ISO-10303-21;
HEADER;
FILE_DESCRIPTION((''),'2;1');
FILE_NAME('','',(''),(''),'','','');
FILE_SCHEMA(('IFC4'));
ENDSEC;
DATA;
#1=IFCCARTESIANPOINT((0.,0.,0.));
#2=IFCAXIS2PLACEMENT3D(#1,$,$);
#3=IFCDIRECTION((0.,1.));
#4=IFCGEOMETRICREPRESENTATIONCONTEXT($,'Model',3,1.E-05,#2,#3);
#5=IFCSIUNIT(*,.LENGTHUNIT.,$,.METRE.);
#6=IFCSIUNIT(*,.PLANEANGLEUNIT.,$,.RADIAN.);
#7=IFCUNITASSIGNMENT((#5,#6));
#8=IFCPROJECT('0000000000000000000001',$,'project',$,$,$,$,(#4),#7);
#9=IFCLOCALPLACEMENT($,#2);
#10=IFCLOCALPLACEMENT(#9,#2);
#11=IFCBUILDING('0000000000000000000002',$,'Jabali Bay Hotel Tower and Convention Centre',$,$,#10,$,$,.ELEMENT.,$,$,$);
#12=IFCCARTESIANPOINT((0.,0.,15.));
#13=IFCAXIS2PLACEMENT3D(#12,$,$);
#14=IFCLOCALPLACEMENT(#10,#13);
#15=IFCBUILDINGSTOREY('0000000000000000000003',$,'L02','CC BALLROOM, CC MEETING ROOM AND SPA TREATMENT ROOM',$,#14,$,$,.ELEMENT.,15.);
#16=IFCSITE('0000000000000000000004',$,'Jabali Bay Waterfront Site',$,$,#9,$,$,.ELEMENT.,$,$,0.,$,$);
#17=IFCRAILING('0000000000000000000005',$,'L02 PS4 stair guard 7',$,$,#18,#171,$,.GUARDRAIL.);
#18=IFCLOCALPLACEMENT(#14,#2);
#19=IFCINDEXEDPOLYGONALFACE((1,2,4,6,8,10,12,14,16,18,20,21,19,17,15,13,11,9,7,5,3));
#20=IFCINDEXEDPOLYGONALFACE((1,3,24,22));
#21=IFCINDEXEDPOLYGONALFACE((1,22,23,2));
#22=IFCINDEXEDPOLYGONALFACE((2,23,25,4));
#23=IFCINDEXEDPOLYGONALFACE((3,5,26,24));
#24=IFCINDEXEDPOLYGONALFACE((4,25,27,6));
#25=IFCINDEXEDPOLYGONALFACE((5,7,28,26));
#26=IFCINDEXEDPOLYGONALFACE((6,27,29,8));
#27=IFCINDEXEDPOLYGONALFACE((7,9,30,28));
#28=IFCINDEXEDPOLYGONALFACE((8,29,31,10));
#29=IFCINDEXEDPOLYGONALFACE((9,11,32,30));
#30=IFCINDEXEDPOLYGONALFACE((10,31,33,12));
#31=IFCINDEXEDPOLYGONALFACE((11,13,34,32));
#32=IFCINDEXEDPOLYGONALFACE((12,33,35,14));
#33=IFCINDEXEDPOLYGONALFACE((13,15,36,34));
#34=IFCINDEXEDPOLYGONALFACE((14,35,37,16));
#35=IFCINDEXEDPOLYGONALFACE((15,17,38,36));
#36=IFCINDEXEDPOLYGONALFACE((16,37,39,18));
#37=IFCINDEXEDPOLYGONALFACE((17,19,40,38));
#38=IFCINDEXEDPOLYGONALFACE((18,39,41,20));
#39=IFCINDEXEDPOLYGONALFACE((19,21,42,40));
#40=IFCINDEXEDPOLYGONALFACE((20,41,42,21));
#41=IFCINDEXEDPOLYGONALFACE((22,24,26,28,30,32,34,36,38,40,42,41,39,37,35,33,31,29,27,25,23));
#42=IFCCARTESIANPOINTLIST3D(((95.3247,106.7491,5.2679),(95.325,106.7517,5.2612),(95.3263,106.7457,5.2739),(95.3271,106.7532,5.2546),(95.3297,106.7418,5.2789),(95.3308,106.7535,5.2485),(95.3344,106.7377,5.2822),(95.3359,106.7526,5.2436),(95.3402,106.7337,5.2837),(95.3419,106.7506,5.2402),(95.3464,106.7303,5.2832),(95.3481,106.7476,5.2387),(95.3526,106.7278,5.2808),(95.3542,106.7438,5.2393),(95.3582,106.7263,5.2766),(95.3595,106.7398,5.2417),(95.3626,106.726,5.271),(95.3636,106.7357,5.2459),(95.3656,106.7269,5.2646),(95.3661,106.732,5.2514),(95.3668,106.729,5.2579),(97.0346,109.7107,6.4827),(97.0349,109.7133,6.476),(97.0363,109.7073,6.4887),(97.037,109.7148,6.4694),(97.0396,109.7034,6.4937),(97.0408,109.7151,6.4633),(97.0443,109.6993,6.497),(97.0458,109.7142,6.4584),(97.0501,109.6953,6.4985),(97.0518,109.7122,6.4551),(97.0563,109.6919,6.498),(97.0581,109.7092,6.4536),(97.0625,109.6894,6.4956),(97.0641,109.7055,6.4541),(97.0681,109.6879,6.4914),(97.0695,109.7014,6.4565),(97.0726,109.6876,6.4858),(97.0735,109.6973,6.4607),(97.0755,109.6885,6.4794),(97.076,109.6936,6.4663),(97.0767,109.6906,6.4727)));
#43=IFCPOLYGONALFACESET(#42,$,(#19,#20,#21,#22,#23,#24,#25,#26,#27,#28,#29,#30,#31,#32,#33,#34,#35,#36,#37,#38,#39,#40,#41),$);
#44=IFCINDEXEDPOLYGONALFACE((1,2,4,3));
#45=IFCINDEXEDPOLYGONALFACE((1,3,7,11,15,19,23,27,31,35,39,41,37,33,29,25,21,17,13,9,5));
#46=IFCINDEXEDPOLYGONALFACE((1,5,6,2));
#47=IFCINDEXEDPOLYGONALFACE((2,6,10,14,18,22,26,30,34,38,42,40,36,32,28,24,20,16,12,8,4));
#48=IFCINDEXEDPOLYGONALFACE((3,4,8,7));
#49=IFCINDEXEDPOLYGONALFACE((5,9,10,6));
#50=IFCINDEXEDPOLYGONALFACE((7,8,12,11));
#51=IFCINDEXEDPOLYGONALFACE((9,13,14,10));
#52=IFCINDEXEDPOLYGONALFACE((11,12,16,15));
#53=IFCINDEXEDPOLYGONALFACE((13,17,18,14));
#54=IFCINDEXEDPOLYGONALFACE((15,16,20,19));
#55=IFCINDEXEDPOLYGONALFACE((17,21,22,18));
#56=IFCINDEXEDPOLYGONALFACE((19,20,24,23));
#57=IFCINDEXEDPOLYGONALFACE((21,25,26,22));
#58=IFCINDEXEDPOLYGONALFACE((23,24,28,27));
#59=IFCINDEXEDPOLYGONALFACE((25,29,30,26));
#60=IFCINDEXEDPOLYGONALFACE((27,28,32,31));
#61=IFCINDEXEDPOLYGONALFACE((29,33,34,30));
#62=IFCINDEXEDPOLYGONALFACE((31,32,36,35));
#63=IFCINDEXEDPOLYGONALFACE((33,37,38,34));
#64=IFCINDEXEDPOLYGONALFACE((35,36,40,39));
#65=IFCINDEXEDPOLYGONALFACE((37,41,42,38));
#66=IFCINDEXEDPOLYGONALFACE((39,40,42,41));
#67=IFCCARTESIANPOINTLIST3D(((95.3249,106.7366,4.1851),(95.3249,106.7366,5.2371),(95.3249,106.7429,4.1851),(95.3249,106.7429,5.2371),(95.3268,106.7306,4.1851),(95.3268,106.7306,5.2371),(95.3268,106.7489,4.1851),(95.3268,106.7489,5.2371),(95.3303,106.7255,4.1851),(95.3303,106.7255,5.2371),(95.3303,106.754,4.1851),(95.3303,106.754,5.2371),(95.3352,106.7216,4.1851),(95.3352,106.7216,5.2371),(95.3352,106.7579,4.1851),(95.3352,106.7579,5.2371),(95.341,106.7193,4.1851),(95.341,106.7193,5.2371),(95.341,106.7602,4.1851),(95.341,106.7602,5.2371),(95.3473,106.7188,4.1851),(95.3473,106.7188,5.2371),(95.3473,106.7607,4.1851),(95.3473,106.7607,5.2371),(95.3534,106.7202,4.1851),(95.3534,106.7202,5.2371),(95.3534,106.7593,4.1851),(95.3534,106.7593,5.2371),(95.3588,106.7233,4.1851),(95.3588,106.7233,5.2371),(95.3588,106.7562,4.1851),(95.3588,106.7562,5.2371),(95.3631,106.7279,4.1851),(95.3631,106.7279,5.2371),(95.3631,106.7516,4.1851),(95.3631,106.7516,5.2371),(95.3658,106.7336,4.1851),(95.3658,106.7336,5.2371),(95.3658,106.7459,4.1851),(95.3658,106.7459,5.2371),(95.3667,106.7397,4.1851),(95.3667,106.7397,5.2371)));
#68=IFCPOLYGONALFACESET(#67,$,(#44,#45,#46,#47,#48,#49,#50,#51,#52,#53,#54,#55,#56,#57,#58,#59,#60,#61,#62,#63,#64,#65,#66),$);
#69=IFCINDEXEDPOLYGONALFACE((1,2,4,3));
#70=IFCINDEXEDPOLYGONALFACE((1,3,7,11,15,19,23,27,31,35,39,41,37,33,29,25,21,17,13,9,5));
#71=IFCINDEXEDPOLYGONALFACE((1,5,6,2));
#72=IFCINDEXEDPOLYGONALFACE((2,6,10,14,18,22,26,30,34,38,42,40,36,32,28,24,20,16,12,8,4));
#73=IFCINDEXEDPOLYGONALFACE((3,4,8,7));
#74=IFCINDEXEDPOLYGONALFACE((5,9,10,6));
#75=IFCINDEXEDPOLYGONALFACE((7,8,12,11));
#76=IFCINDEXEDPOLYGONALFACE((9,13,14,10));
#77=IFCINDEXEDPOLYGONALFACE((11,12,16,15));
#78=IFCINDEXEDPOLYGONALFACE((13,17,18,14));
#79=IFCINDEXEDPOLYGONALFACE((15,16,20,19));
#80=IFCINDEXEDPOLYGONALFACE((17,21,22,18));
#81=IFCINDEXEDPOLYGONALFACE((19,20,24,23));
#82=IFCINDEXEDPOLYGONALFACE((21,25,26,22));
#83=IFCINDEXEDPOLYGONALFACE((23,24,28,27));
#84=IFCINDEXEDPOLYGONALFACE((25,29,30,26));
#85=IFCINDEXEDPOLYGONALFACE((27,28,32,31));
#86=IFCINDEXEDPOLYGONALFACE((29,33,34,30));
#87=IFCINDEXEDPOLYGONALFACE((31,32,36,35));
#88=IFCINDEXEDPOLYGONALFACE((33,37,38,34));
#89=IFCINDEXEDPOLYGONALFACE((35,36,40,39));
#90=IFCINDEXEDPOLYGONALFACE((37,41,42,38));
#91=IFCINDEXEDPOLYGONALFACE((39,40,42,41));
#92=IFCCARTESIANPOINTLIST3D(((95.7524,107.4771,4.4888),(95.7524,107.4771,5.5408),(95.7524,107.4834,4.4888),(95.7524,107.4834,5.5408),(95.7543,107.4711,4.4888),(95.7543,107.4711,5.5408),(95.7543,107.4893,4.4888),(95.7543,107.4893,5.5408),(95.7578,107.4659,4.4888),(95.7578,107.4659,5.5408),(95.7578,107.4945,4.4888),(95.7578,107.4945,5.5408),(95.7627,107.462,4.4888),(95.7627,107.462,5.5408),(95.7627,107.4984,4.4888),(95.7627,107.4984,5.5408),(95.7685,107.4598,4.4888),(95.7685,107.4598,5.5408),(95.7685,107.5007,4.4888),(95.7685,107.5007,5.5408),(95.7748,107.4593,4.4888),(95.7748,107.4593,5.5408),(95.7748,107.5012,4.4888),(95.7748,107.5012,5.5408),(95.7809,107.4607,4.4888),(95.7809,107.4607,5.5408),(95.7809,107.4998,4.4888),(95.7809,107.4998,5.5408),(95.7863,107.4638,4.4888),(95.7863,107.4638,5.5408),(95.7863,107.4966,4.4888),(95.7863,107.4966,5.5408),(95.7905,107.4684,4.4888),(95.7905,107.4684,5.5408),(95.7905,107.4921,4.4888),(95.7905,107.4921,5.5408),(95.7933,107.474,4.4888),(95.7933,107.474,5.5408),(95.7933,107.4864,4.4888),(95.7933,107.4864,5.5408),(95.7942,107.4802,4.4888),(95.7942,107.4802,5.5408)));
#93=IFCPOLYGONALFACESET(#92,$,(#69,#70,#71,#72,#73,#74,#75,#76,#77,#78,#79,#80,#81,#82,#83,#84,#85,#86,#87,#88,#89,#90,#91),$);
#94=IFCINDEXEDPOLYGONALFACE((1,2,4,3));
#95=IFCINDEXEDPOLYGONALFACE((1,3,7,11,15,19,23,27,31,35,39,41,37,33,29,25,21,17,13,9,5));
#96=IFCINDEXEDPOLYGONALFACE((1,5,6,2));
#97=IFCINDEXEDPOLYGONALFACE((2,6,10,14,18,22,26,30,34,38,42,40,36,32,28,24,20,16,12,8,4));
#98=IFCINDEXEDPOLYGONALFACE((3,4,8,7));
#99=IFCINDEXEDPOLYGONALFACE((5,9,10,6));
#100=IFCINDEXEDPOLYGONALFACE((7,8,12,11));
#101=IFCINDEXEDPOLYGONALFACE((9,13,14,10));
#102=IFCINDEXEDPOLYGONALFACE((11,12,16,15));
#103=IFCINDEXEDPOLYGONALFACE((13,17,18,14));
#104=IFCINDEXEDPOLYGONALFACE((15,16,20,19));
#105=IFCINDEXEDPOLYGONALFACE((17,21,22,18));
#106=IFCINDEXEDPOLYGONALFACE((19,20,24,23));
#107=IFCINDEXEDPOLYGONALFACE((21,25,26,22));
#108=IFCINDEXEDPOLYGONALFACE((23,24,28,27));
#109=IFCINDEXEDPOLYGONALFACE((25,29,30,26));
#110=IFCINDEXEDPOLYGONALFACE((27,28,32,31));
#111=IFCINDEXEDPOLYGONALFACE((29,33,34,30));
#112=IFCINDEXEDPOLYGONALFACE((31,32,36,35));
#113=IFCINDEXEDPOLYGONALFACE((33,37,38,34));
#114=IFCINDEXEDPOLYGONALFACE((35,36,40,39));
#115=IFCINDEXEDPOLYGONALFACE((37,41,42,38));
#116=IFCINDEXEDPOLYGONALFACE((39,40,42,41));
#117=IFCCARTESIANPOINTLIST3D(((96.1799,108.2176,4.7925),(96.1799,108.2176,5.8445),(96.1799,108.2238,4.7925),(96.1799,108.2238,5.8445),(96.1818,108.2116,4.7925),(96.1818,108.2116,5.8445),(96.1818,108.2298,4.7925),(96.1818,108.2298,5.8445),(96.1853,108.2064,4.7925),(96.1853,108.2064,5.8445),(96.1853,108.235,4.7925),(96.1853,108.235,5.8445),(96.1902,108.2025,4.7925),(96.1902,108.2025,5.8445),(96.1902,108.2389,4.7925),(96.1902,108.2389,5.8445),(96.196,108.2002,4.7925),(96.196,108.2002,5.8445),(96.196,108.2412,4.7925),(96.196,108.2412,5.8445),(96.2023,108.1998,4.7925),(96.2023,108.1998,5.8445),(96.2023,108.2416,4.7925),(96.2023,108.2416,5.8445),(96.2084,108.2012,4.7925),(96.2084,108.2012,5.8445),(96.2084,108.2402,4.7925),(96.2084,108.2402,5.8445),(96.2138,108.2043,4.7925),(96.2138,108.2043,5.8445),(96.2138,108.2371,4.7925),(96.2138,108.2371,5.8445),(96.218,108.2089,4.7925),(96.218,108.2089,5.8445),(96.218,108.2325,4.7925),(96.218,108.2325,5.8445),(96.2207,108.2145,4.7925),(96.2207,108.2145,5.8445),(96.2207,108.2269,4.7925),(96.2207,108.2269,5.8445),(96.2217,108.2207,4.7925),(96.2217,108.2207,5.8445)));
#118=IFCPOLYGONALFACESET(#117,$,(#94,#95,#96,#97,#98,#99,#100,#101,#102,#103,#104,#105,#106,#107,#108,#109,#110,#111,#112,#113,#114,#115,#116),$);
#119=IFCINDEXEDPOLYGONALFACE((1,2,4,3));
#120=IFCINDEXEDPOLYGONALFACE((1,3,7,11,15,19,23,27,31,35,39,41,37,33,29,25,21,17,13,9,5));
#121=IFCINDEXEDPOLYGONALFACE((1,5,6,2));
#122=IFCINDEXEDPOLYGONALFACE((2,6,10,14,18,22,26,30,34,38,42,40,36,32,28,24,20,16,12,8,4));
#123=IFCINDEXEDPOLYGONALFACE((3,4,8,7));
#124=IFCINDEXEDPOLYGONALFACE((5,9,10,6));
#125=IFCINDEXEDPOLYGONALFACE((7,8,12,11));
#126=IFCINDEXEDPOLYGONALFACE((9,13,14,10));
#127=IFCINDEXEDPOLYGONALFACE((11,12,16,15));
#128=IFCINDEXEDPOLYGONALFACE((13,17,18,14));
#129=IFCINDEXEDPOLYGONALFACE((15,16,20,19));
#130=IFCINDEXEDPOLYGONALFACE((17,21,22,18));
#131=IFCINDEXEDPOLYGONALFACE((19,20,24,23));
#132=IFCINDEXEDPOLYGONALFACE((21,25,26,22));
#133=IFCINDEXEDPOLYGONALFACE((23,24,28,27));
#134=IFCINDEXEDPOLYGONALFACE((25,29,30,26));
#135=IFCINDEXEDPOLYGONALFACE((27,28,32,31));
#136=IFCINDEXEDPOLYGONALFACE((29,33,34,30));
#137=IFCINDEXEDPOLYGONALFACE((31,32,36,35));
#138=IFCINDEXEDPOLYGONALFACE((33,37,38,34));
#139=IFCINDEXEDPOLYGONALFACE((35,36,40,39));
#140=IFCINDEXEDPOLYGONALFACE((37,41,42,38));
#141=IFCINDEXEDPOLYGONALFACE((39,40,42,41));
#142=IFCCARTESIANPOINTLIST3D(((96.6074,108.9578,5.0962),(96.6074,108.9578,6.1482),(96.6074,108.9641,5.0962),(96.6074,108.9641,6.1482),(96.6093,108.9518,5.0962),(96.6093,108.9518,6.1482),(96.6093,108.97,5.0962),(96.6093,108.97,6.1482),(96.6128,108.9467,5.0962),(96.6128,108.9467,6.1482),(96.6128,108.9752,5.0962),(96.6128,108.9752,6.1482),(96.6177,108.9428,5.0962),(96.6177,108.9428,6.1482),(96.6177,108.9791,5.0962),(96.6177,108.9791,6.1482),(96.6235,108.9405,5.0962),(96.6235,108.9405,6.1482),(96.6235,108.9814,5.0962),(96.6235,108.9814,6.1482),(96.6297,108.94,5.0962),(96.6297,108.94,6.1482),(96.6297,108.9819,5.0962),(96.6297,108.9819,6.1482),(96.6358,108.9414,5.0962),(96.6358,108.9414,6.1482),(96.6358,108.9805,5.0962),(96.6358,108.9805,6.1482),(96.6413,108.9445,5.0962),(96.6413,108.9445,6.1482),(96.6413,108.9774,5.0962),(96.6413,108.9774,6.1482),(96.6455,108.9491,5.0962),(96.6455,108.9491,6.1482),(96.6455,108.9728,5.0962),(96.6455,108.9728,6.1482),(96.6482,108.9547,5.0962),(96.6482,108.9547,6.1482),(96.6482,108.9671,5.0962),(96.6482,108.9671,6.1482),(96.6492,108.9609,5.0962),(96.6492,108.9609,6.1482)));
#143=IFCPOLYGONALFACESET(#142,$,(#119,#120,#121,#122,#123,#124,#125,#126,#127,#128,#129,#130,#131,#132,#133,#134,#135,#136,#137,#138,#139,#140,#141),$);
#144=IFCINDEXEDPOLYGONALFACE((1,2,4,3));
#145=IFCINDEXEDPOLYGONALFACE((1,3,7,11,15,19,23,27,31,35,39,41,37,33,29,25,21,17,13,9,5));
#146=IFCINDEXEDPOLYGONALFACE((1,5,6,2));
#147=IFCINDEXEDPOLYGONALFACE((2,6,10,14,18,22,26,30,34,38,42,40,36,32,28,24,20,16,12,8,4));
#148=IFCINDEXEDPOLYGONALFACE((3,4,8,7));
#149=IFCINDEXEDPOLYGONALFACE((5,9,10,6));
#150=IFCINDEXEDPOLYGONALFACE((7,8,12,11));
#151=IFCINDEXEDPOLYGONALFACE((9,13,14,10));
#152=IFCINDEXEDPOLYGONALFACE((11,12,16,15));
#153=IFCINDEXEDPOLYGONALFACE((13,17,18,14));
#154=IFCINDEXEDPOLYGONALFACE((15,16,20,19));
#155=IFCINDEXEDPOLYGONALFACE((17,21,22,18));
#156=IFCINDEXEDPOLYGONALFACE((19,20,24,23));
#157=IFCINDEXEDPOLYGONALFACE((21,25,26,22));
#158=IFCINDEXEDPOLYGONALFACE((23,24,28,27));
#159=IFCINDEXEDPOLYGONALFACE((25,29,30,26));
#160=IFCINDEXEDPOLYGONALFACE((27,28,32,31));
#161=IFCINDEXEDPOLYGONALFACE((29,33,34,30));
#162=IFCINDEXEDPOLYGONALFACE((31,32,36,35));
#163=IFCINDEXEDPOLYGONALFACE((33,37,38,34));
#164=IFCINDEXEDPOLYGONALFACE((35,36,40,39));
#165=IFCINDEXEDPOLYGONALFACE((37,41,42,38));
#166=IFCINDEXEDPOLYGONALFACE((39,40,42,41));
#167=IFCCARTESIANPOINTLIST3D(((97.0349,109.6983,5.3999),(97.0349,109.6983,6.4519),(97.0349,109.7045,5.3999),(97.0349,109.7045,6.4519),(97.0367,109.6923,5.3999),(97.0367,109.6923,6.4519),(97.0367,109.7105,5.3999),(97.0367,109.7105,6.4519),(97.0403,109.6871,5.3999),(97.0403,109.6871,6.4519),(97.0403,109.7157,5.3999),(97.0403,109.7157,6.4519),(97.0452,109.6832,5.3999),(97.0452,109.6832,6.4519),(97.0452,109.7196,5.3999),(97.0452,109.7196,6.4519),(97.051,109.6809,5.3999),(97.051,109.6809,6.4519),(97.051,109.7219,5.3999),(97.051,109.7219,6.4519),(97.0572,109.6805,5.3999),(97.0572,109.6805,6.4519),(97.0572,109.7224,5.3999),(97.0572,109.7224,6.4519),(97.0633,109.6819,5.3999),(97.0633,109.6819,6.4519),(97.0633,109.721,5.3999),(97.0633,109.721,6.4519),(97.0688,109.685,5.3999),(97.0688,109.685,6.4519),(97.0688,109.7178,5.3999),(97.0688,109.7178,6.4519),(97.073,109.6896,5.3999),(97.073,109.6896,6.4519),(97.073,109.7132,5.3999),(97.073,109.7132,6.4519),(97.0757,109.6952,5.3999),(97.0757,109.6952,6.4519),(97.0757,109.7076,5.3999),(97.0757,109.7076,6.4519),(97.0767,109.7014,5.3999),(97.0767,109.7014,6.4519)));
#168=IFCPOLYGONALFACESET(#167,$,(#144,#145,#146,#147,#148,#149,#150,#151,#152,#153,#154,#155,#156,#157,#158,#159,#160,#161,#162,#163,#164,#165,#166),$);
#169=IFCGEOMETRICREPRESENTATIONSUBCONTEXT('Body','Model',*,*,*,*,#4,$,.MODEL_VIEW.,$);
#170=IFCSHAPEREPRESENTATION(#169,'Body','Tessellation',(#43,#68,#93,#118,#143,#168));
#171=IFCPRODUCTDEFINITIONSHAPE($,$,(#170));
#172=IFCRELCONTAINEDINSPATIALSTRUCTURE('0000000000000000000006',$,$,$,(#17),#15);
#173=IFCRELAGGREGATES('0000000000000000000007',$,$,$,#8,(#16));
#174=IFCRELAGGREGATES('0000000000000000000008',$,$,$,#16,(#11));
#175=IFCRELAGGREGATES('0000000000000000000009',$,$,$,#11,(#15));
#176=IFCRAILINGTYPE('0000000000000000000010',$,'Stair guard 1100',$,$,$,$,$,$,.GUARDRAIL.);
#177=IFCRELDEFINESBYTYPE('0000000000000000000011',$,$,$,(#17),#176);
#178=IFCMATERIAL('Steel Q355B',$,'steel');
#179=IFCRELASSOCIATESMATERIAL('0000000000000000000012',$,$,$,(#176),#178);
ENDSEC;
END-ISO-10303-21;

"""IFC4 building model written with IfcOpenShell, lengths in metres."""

from ifc_helpers import new_model, si_unit, direction, frame, origin, origin_2d, place, context, subcontext, project, spatial, circle, extrude, material, type_object, element, save


model = new_model("IFC4")

# Units and contexts
model_context = context("Model", 3, precision=1e-05, world=origin(), true_north=direction((0.0, 1.0)))
body_context = subcontext(model_context, "Body", "Model", "MODEL_VIEW")
ifc_project = project(units=[si_unit("LENGTHUNIT", "METRE"), si_unit("PLANEANGLEUNIT", "RADIAN")], contexts=[model_context])

# Site, building, storey
site_placement = place(None, origin())
site = spatial("IfcSite", under=ifc_project, at=site_placement, Name="Jabali Bay Waterfront Site", CompositionType="ELEMENT", RefElevation=0.0)
building_placement = place(site_placement, origin())
building = spatial("IfcBuilding", under=site, at=building_placement, Name="Jabali Bay Hotel Tower and Convention Centre", CompositionType="ELEMENT")
storey_placement = place(building_placement, frame((0.0, 0.0, 15.0)))
storey = spatial("IfcBuildingStorey", under=building, at=storey_placement, Name="L02", Description="CC BALLROOM, CC MEETING ROOM AND SPA TREATMENT ROOM", CompositionType="ELEMENT", Elevation=15.0)

# Railing
ifc_material_1 = material(Name="Steel Q355B", Category="steel")
railing_type_1 = type_object("IfcRailingType", Name="Stair guard 1100", PredefinedType="GUARDRAIL", material=ifc_material_1)
railing_1_placement = place(storey_placement, frame((95.3457, 106.7397, 4.1851)))
element("IfcRailing", 1, at=railing_1_placement, inside=storey, type_object=railing_type_1, Name="L02 PS4 stair guard 7", PredefinedType="GUARDRAIL", context=body_context, shape_type="SweptSolid", body=[
    extrude(circle(Radius=0.0239, at=origin_2d()), frame((0.0, 0.0, 1.0762), z_axis=(0.471164, 0.81606, 0.334739), x_axis=(-0.86602, 0.500009, 0.0)), (0.0, 0.0, 1.0), 3.6292),
    extrude(circle(Radius=0.021, at=origin_2d()), origin(), (0.0, 0.0, 1.0), 1.052),
    extrude(circle(Radius=0.021, at=origin_2d()), frame((0.4275, 0.7405, 0.3037)), (0.0, 0.0, 1.0), 1.052),
    extrude(circle(Radius=0.021, at=origin_2d()), frame((0.855, 1.481, 0.6074)), (0.0, 0.0, 1.0), 1.052),
    extrude(circle(Radius=0.021, at=origin_2d()), frame((1.2825, 2.2212, 0.9111)), (0.0, 0.0, 1.0), 1.052),
    extrude(circle(Radius=0.021, at=origin_2d()), frame((1.71, 2.9617, 1.2148)), (0.0, 0.0, 1.0), 1.052),
])

save(model, "model.ifc")
